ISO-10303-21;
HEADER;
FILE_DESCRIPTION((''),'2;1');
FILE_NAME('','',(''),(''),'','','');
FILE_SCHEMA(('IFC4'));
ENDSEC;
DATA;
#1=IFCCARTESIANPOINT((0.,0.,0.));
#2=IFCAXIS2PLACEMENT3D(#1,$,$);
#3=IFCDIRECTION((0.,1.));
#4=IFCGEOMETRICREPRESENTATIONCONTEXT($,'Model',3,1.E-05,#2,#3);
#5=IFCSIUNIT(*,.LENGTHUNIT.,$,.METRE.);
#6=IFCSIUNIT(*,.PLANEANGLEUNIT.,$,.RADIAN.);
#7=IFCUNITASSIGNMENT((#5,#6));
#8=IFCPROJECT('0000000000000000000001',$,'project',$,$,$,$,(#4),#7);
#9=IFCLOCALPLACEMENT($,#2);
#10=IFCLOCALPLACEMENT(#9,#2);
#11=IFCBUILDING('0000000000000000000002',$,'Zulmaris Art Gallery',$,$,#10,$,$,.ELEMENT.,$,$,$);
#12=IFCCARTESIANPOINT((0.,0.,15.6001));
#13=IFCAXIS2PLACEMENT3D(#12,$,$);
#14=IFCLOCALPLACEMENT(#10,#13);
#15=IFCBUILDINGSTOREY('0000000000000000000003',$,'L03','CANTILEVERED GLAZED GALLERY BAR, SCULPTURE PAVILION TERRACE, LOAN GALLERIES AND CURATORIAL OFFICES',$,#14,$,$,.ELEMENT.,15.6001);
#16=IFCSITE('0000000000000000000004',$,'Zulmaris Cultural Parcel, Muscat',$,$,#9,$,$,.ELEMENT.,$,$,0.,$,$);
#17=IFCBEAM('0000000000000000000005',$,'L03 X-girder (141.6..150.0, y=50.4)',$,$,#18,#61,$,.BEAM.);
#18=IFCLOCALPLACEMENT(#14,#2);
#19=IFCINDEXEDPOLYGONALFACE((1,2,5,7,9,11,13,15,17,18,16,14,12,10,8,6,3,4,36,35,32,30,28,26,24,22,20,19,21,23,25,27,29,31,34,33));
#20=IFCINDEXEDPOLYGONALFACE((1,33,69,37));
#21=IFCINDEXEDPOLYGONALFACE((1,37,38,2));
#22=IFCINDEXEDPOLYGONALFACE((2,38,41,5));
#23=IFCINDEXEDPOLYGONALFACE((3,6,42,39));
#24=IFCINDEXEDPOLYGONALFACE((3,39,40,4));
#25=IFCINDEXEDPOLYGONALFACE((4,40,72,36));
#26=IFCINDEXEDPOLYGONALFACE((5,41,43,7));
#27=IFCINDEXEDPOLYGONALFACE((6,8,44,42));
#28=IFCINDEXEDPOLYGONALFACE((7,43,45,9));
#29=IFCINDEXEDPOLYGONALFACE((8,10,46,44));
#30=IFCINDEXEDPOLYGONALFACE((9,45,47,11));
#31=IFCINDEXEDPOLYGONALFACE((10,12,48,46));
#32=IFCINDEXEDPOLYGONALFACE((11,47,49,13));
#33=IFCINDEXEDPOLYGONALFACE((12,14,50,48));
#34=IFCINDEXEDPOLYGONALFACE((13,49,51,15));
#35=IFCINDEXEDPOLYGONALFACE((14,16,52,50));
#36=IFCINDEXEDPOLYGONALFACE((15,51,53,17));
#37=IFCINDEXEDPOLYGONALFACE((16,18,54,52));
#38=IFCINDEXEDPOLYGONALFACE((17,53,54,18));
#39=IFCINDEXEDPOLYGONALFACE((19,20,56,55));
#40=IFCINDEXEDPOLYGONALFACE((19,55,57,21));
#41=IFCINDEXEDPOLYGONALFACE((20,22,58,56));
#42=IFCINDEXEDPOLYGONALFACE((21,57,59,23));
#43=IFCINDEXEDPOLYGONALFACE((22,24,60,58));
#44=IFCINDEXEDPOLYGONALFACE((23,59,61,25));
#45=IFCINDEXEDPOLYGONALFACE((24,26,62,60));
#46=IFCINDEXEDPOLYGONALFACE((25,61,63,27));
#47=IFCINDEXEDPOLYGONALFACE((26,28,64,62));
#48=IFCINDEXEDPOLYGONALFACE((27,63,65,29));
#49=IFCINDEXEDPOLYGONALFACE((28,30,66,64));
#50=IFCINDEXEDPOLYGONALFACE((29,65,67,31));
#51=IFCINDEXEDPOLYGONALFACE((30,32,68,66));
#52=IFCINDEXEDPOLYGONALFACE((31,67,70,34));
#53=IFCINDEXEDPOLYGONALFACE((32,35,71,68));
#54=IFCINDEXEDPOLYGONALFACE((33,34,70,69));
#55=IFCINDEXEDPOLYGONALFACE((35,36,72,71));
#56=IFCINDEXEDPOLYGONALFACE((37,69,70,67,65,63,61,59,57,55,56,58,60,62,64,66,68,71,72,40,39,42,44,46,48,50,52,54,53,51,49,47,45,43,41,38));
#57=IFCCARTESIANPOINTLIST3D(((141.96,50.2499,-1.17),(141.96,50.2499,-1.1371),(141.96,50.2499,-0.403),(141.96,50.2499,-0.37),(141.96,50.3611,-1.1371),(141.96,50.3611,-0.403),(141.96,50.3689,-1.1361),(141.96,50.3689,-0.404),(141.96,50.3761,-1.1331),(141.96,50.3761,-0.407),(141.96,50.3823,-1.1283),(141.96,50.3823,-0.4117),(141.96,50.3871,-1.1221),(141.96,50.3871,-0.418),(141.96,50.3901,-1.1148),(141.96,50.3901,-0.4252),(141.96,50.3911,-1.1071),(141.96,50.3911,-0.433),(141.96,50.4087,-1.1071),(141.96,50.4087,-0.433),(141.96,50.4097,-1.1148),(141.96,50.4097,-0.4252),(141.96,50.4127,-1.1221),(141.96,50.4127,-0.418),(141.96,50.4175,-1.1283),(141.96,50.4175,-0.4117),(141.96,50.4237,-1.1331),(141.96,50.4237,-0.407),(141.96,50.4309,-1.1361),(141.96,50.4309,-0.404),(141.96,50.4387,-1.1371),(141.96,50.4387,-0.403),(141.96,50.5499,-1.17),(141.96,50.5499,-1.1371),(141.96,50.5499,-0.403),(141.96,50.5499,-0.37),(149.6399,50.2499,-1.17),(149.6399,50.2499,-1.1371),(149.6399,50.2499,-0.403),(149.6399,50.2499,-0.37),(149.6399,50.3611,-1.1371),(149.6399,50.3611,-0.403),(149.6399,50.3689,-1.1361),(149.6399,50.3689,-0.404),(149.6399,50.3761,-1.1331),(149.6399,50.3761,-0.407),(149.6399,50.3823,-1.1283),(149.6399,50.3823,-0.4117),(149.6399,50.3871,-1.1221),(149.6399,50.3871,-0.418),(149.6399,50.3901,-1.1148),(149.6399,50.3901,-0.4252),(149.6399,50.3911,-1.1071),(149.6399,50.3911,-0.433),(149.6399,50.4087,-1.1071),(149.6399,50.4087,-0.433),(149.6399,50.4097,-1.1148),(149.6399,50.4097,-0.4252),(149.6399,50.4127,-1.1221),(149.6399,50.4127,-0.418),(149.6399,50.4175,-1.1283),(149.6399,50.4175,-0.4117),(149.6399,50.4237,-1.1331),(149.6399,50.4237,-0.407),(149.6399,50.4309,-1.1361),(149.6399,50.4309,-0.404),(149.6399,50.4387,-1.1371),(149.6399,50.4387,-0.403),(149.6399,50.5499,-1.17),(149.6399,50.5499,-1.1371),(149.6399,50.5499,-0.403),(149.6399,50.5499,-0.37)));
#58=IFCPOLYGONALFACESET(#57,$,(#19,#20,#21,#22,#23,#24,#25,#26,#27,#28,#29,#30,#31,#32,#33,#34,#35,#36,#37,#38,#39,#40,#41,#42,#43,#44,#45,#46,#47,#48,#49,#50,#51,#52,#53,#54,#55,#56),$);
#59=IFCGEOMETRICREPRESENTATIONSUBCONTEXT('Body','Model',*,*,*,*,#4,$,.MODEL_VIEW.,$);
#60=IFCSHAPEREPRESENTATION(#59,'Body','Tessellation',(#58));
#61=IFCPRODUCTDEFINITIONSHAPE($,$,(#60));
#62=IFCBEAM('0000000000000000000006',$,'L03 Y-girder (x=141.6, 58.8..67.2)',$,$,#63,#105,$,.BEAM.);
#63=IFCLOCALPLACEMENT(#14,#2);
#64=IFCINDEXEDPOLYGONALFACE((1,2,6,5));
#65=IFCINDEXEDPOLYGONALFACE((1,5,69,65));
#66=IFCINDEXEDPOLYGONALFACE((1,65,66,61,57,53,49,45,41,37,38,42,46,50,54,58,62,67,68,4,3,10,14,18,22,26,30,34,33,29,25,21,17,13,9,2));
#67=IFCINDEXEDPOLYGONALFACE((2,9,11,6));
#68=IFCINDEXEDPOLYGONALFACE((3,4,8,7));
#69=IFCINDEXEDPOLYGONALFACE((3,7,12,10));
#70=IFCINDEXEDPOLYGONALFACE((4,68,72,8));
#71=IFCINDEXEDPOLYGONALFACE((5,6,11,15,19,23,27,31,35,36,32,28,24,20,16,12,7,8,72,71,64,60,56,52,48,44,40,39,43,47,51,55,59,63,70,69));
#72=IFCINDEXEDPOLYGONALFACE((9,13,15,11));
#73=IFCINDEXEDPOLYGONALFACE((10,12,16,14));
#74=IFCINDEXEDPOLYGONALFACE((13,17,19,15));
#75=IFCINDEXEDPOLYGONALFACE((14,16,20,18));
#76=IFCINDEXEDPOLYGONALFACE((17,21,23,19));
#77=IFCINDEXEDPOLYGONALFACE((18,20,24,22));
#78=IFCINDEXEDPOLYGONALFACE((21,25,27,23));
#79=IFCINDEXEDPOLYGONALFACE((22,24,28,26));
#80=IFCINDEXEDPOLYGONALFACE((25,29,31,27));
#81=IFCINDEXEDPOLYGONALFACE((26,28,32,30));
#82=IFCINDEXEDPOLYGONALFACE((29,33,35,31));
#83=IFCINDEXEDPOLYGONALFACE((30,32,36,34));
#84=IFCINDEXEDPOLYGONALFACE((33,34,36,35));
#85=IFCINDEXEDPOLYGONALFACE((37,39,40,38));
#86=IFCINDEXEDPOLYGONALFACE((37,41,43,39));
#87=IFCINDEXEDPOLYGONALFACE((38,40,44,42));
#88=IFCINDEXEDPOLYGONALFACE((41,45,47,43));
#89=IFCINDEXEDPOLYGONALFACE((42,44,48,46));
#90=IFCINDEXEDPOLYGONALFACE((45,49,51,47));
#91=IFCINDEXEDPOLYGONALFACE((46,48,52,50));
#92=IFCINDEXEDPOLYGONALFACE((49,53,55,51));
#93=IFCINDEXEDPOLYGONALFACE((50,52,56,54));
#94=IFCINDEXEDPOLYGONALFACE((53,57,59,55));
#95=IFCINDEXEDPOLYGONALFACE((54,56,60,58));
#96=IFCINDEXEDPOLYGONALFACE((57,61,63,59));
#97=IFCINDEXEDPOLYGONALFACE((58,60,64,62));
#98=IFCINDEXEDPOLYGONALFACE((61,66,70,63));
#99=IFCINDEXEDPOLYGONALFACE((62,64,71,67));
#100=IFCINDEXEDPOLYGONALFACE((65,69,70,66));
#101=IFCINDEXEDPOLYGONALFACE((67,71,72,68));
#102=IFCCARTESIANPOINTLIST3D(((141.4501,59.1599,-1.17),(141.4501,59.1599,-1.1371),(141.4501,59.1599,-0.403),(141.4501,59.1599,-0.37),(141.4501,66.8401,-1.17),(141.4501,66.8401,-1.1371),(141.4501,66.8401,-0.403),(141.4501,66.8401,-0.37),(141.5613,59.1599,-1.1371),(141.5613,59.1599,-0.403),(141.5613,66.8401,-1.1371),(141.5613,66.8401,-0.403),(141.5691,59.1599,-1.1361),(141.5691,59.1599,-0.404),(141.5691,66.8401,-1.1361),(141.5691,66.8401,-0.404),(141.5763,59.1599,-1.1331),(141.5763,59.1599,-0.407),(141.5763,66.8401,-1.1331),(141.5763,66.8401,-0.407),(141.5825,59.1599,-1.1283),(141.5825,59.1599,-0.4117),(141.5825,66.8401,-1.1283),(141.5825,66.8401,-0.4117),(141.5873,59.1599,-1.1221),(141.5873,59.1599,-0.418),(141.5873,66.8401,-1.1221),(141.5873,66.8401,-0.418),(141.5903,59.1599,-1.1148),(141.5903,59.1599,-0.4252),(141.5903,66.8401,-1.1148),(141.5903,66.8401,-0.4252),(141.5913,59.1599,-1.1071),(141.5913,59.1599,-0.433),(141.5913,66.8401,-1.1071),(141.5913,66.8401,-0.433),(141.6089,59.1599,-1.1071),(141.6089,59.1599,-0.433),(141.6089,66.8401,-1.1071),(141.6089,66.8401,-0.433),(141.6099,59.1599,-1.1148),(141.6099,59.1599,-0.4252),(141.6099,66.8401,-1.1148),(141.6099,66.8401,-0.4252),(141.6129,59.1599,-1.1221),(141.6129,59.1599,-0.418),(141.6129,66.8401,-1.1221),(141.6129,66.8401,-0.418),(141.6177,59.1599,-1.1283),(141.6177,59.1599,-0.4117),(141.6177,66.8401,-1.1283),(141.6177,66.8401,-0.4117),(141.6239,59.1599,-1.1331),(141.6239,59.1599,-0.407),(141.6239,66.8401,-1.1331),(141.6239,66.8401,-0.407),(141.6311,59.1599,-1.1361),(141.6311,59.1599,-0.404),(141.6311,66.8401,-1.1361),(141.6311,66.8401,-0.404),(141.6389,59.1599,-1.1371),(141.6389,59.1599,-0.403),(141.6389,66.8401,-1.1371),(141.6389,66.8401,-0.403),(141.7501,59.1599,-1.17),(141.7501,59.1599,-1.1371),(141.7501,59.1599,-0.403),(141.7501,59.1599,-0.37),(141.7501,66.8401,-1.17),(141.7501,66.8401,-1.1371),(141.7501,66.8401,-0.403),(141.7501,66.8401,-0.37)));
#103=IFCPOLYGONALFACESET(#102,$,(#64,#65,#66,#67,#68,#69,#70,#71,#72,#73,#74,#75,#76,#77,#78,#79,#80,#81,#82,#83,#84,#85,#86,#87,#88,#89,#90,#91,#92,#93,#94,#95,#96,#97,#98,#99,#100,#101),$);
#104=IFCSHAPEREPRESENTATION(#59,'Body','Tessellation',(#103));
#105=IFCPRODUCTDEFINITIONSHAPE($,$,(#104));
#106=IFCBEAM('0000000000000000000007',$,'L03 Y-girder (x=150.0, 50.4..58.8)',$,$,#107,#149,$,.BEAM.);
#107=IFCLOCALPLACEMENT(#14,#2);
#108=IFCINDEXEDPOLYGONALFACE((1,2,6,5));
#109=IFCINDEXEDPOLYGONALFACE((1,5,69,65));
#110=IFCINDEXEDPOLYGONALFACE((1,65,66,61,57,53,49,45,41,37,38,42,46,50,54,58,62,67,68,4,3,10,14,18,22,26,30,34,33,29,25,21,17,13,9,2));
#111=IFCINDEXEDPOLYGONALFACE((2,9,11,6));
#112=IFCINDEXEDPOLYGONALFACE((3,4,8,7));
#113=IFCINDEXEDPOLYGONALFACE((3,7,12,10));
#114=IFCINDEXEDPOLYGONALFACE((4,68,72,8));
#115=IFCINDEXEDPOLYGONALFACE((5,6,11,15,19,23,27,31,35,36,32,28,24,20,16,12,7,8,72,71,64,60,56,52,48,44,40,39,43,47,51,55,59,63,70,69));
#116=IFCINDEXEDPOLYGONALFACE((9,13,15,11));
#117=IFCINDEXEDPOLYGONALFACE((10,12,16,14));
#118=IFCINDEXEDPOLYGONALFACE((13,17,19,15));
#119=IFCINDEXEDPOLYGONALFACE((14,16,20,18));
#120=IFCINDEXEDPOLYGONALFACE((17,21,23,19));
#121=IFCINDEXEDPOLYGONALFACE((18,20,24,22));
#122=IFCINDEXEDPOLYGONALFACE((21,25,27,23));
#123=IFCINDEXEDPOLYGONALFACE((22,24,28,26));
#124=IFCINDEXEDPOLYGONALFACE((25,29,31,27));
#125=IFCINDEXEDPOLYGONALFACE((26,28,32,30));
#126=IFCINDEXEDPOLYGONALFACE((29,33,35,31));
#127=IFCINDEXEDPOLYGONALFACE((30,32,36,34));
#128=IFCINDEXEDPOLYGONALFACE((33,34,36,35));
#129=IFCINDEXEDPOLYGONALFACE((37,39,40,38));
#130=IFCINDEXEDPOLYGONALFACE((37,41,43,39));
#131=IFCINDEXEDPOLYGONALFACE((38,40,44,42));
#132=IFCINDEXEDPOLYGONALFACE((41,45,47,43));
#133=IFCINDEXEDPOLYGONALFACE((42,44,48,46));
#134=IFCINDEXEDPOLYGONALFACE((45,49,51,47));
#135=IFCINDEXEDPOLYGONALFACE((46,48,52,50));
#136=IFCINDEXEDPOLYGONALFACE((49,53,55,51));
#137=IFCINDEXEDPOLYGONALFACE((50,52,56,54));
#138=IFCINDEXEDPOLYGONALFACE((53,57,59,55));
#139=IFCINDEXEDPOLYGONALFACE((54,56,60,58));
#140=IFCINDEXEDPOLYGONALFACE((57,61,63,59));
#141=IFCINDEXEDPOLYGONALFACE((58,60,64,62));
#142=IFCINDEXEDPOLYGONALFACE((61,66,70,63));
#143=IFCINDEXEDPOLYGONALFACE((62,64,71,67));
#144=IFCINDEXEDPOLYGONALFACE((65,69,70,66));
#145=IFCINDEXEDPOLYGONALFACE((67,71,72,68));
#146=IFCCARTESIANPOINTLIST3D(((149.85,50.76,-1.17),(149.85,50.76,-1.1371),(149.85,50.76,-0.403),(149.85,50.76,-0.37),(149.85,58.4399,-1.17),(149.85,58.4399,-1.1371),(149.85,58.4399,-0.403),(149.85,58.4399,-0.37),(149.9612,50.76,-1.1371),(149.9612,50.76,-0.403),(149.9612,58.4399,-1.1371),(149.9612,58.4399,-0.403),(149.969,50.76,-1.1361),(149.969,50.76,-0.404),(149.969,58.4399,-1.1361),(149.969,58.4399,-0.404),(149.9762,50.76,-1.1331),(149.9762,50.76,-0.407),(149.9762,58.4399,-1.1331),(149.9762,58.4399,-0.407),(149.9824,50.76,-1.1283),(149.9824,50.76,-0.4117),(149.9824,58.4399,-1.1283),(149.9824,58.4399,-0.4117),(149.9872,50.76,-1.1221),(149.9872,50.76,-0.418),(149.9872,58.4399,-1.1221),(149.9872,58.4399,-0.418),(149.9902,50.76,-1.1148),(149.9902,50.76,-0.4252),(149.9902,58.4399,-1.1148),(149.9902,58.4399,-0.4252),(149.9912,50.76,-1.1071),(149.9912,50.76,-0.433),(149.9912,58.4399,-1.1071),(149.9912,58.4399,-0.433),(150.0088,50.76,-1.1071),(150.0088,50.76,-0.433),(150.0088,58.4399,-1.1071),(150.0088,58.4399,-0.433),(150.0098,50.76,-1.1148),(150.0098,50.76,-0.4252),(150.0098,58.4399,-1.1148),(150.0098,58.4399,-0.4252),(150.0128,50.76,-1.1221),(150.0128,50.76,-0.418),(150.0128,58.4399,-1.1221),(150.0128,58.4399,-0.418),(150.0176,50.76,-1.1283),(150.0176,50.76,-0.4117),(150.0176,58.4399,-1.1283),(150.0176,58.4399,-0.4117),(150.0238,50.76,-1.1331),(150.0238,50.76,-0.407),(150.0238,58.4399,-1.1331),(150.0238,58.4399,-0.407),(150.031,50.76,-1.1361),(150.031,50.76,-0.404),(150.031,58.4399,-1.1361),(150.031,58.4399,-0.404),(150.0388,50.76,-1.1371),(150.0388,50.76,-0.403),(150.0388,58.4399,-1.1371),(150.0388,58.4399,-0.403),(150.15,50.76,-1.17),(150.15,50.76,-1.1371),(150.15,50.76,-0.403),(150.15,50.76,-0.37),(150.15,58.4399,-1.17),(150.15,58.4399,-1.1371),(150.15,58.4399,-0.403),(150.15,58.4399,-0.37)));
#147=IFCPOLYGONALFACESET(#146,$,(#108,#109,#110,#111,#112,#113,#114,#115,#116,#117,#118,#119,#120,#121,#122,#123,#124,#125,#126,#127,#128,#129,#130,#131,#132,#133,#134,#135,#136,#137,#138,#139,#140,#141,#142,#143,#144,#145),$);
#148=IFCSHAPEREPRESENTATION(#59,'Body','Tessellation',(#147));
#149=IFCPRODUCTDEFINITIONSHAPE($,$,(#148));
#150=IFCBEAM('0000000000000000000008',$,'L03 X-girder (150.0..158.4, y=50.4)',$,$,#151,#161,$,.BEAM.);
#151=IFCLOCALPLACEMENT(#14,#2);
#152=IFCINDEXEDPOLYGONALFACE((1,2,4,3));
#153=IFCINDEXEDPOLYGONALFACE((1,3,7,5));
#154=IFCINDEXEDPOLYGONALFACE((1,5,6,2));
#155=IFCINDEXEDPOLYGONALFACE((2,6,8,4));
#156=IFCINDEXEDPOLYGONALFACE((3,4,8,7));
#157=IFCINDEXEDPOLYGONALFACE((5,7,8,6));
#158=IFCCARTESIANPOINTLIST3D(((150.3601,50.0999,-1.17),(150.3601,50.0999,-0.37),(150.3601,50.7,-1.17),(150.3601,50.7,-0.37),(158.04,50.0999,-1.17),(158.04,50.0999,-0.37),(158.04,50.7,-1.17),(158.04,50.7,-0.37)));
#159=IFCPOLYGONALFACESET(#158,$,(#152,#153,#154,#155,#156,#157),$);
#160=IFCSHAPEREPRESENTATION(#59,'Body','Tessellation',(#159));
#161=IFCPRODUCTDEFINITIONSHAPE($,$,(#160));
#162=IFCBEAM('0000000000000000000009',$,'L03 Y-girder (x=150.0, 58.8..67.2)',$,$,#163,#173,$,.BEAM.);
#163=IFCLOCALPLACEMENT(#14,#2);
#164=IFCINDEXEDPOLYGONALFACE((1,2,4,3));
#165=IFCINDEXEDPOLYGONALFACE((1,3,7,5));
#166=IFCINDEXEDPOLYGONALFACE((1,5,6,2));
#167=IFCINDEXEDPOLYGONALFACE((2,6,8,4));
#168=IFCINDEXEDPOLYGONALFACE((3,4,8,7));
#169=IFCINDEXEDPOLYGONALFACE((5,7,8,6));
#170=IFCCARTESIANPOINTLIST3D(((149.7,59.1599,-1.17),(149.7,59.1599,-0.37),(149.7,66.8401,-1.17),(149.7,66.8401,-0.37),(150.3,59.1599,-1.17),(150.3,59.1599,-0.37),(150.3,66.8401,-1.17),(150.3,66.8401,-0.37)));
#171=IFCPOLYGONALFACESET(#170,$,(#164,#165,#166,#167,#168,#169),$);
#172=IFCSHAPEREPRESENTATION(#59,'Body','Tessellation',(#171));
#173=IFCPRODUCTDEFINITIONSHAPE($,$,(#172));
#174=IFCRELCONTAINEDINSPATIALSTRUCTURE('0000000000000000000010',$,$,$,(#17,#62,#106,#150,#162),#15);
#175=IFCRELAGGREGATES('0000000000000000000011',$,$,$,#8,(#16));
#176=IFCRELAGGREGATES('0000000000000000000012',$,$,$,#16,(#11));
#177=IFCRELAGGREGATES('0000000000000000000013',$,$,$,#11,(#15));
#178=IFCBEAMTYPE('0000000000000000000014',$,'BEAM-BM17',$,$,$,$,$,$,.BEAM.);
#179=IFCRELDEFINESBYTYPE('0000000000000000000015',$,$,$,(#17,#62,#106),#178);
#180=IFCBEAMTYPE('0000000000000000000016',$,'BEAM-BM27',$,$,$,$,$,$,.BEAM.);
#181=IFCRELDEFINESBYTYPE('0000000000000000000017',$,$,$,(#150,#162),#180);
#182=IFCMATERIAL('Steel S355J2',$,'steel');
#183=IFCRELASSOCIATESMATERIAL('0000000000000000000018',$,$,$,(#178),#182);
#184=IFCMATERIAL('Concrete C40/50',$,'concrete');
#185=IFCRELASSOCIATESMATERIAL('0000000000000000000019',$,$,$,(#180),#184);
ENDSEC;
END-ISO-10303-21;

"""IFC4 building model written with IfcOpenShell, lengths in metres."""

from ifc_helpers import new_model, si_unit, direction, frame, origin, origin_2d, place, context, subcontext, project, spatial, rectangle, i_section, extrude, material, material_profile, profile_set, type_object, element, save


model = new_model("IFC4")

# Units and contexts
model_context = context("Model", 3, precision=1e-05, world=origin(), true_north=direction((0.0, 1.0)))
body_context = subcontext(model_context, "Body", "Model", "MODEL_VIEW")
ifc_project = project(units=[si_unit("LENGTHUNIT", "METRE"), si_unit("PLANEANGLEUNIT", "RADIAN")], contexts=[model_context])

# Site, building, storey
site_placement = place(None, origin())
site = spatial("IfcSite", under=ifc_project, at=site_placement, Name="Zulmaris Cultural Parcel, Muscat", CompositionType="ELEMENT", RefElevation=0.0)
building_placement = place(site_placement, origin())
building = spatial("IfcBuilding", under=site, at=building_placement, Name="Zulmaris Art Gallery", CompositionType="ELEMENT")
storey_placement = place(building_placement, frame((0.0, 0.0, 15.6001)))
storey = spatial("IfcBuildingStorey", under=building, at=storey_placement, Name="L03", Description="CANTILEVERED GLAZED GALLERY BAR, SCULPTURE PAVILION TERRACE, LOAN GALLERIES AND CURATORIAL OFFICES", CompositionType="ELEMENT", Elevation=15.6001)

# Shared definitions
ifc_material_1 = material(Name="Concrete C40/50", Category="concrete")

# Beams
ifc_material_2 = material(Name="Steel S355J2", Category="steel")
ifc_material_profile_1 = material_profile(ifc_material_2, i_section(OverallWidth=0.3, OverallDepth=0.8, WebThickness=0.0176, FlangeThickness=0.033, FilletRadius=0.03, at=origin_2d()), Name="HEB 800")
ifc_profile_set_1 = profile_set([ifc_material_profile_1], Name="Steel S355J2")
beam_type_1 = type_object("IfcBeamType", Name="BEAM-BM17", PredefinedType="BEAM", material=ifc_profile_set_1)
beam_1_placement = place(storey_placement, frame((141.96, 50.3999, -0.77), z_axis=(1.0, 0.0, 0.0), x_axis=(0.0, 1.0, 0.0)))
element("IfcBeam", 1, at=beam_1_placement, inside=storey, type_object=beam_type_1, Name="L03 X-girder (141.6..150.0, y=50.4)", PredefinedType="BEAM", context=body_context, shape_type="SweptSolid", body=[
    extrude(i_section(OverallWidth=0.3, OverallDepth=0.8, WebThickness=0.0176, FlangeThickness=0.033, FilletRadius=0.03, at=origin_2d()), origin(), (0.0, 0.0, 1.0), 7.6799),
])
beam_2_placement = place(storey_placement, frame((141.6001, 59.1599, -0.77), z_axis=(0.0, 1.0, 0.0), x_axis=(-1.0, 0.0, 0.0)))
element("IfcBeam", 2, at=beam_2_placement, inside=storey, type_object=beam_type_1, Name="L03 Y-girder (x=141.6, 58.8..67.2)", PredefinedType="BEAM", context=body_context, shape_type="SweptSolid", body=[
    extrude(i_section(OverallWidth=0.3, OverallDepth=0.8, WebThickness=0.0176, FlangeThickness=0.033, FilletRadius=0.03, at=origin_2d()), origin(), (0.0, 0.0, 1.0), 7.6802),
])
beam_3_placement = place(storey_placement, frame((150.0, 50.76, -0.77), z_axis=(0.0, 1.0, 0.0), x_axis=(-1.0, 0.0, 0.0)))
element("IfcBeam", 3, at=beam_3_placement, inside=storey, type_object=beam_type_1, Name="L03 Y-girder (x=150.0, 50.4..58.8)", PredefinedType="BEAM", context=body_context, shape_type="SweptSolid", body=[
    extrude(i_section(OverallWidth=0.3, OverallDepth=0.8, WebThickness=0.0176, FlangeThickness=0.033, FilletRadius=0.03, at=origin_2d()), origin(), (0.0, 0.0, 1.0), 7.6799),
])
ifc_material_profile_2 = material_profile(ifc_material_1, rectangle(XDim=0.6001, YDim=0.8, at=origin_2d()), Name="RC 600x800")
ifc_profile_set_2 = profile_set([ifc_material_profile_2], Name="Concrete C40/50")
beam_type_2 = type_object("IfcBeamType", Name="BEAM-BM27", PredefinedType="BEAM", material=ifc_profile_set_2)
beam_4_placement = place(storey_placement, frame((150.3601, 50.3999, -0.77), z_axis=(1.0, 0.0, 0.0), x_axis=(0.0, 1.0, 0.0)))
element("IfcBeam", 4, at=beam_4_placement, inside=storey, type_object=beam_type_2, Name="L03 X-girder (150.0..158.4, y=50.4)", PredefinedType="BEAM", context=body_context, shape_type="SweptSolid", body=[
    extrude(rectangle(XDim=0.6001, YDim=0.8, at=origin_2d()), origin(), (0.0, 0.0, 1.0), 7.6799),
])
beam_5_placement = place(storey_placement, frame((150.0, 59.1599, -0.77), z_axis=(0.0, 1.0, 0.0), x_axis=(-1.0, 0.0, 0.0)))
element("IfcBeam", 5, at=beam_5_placement, inside=storey, type_object=beam_type_2, Name="L03 Y-girder (x=150.0, 58.8..67.2)", PredefinedType="BEAM", context=body_context, shape_type="SweptSolid", body=[
    extrude(rectangle(XDim=0.6001, YDim=0.8, at=origin_2d()), origin(), (0.0, 0.0, 1.0), 7.6802),
])

save(model, "model.ifc")
